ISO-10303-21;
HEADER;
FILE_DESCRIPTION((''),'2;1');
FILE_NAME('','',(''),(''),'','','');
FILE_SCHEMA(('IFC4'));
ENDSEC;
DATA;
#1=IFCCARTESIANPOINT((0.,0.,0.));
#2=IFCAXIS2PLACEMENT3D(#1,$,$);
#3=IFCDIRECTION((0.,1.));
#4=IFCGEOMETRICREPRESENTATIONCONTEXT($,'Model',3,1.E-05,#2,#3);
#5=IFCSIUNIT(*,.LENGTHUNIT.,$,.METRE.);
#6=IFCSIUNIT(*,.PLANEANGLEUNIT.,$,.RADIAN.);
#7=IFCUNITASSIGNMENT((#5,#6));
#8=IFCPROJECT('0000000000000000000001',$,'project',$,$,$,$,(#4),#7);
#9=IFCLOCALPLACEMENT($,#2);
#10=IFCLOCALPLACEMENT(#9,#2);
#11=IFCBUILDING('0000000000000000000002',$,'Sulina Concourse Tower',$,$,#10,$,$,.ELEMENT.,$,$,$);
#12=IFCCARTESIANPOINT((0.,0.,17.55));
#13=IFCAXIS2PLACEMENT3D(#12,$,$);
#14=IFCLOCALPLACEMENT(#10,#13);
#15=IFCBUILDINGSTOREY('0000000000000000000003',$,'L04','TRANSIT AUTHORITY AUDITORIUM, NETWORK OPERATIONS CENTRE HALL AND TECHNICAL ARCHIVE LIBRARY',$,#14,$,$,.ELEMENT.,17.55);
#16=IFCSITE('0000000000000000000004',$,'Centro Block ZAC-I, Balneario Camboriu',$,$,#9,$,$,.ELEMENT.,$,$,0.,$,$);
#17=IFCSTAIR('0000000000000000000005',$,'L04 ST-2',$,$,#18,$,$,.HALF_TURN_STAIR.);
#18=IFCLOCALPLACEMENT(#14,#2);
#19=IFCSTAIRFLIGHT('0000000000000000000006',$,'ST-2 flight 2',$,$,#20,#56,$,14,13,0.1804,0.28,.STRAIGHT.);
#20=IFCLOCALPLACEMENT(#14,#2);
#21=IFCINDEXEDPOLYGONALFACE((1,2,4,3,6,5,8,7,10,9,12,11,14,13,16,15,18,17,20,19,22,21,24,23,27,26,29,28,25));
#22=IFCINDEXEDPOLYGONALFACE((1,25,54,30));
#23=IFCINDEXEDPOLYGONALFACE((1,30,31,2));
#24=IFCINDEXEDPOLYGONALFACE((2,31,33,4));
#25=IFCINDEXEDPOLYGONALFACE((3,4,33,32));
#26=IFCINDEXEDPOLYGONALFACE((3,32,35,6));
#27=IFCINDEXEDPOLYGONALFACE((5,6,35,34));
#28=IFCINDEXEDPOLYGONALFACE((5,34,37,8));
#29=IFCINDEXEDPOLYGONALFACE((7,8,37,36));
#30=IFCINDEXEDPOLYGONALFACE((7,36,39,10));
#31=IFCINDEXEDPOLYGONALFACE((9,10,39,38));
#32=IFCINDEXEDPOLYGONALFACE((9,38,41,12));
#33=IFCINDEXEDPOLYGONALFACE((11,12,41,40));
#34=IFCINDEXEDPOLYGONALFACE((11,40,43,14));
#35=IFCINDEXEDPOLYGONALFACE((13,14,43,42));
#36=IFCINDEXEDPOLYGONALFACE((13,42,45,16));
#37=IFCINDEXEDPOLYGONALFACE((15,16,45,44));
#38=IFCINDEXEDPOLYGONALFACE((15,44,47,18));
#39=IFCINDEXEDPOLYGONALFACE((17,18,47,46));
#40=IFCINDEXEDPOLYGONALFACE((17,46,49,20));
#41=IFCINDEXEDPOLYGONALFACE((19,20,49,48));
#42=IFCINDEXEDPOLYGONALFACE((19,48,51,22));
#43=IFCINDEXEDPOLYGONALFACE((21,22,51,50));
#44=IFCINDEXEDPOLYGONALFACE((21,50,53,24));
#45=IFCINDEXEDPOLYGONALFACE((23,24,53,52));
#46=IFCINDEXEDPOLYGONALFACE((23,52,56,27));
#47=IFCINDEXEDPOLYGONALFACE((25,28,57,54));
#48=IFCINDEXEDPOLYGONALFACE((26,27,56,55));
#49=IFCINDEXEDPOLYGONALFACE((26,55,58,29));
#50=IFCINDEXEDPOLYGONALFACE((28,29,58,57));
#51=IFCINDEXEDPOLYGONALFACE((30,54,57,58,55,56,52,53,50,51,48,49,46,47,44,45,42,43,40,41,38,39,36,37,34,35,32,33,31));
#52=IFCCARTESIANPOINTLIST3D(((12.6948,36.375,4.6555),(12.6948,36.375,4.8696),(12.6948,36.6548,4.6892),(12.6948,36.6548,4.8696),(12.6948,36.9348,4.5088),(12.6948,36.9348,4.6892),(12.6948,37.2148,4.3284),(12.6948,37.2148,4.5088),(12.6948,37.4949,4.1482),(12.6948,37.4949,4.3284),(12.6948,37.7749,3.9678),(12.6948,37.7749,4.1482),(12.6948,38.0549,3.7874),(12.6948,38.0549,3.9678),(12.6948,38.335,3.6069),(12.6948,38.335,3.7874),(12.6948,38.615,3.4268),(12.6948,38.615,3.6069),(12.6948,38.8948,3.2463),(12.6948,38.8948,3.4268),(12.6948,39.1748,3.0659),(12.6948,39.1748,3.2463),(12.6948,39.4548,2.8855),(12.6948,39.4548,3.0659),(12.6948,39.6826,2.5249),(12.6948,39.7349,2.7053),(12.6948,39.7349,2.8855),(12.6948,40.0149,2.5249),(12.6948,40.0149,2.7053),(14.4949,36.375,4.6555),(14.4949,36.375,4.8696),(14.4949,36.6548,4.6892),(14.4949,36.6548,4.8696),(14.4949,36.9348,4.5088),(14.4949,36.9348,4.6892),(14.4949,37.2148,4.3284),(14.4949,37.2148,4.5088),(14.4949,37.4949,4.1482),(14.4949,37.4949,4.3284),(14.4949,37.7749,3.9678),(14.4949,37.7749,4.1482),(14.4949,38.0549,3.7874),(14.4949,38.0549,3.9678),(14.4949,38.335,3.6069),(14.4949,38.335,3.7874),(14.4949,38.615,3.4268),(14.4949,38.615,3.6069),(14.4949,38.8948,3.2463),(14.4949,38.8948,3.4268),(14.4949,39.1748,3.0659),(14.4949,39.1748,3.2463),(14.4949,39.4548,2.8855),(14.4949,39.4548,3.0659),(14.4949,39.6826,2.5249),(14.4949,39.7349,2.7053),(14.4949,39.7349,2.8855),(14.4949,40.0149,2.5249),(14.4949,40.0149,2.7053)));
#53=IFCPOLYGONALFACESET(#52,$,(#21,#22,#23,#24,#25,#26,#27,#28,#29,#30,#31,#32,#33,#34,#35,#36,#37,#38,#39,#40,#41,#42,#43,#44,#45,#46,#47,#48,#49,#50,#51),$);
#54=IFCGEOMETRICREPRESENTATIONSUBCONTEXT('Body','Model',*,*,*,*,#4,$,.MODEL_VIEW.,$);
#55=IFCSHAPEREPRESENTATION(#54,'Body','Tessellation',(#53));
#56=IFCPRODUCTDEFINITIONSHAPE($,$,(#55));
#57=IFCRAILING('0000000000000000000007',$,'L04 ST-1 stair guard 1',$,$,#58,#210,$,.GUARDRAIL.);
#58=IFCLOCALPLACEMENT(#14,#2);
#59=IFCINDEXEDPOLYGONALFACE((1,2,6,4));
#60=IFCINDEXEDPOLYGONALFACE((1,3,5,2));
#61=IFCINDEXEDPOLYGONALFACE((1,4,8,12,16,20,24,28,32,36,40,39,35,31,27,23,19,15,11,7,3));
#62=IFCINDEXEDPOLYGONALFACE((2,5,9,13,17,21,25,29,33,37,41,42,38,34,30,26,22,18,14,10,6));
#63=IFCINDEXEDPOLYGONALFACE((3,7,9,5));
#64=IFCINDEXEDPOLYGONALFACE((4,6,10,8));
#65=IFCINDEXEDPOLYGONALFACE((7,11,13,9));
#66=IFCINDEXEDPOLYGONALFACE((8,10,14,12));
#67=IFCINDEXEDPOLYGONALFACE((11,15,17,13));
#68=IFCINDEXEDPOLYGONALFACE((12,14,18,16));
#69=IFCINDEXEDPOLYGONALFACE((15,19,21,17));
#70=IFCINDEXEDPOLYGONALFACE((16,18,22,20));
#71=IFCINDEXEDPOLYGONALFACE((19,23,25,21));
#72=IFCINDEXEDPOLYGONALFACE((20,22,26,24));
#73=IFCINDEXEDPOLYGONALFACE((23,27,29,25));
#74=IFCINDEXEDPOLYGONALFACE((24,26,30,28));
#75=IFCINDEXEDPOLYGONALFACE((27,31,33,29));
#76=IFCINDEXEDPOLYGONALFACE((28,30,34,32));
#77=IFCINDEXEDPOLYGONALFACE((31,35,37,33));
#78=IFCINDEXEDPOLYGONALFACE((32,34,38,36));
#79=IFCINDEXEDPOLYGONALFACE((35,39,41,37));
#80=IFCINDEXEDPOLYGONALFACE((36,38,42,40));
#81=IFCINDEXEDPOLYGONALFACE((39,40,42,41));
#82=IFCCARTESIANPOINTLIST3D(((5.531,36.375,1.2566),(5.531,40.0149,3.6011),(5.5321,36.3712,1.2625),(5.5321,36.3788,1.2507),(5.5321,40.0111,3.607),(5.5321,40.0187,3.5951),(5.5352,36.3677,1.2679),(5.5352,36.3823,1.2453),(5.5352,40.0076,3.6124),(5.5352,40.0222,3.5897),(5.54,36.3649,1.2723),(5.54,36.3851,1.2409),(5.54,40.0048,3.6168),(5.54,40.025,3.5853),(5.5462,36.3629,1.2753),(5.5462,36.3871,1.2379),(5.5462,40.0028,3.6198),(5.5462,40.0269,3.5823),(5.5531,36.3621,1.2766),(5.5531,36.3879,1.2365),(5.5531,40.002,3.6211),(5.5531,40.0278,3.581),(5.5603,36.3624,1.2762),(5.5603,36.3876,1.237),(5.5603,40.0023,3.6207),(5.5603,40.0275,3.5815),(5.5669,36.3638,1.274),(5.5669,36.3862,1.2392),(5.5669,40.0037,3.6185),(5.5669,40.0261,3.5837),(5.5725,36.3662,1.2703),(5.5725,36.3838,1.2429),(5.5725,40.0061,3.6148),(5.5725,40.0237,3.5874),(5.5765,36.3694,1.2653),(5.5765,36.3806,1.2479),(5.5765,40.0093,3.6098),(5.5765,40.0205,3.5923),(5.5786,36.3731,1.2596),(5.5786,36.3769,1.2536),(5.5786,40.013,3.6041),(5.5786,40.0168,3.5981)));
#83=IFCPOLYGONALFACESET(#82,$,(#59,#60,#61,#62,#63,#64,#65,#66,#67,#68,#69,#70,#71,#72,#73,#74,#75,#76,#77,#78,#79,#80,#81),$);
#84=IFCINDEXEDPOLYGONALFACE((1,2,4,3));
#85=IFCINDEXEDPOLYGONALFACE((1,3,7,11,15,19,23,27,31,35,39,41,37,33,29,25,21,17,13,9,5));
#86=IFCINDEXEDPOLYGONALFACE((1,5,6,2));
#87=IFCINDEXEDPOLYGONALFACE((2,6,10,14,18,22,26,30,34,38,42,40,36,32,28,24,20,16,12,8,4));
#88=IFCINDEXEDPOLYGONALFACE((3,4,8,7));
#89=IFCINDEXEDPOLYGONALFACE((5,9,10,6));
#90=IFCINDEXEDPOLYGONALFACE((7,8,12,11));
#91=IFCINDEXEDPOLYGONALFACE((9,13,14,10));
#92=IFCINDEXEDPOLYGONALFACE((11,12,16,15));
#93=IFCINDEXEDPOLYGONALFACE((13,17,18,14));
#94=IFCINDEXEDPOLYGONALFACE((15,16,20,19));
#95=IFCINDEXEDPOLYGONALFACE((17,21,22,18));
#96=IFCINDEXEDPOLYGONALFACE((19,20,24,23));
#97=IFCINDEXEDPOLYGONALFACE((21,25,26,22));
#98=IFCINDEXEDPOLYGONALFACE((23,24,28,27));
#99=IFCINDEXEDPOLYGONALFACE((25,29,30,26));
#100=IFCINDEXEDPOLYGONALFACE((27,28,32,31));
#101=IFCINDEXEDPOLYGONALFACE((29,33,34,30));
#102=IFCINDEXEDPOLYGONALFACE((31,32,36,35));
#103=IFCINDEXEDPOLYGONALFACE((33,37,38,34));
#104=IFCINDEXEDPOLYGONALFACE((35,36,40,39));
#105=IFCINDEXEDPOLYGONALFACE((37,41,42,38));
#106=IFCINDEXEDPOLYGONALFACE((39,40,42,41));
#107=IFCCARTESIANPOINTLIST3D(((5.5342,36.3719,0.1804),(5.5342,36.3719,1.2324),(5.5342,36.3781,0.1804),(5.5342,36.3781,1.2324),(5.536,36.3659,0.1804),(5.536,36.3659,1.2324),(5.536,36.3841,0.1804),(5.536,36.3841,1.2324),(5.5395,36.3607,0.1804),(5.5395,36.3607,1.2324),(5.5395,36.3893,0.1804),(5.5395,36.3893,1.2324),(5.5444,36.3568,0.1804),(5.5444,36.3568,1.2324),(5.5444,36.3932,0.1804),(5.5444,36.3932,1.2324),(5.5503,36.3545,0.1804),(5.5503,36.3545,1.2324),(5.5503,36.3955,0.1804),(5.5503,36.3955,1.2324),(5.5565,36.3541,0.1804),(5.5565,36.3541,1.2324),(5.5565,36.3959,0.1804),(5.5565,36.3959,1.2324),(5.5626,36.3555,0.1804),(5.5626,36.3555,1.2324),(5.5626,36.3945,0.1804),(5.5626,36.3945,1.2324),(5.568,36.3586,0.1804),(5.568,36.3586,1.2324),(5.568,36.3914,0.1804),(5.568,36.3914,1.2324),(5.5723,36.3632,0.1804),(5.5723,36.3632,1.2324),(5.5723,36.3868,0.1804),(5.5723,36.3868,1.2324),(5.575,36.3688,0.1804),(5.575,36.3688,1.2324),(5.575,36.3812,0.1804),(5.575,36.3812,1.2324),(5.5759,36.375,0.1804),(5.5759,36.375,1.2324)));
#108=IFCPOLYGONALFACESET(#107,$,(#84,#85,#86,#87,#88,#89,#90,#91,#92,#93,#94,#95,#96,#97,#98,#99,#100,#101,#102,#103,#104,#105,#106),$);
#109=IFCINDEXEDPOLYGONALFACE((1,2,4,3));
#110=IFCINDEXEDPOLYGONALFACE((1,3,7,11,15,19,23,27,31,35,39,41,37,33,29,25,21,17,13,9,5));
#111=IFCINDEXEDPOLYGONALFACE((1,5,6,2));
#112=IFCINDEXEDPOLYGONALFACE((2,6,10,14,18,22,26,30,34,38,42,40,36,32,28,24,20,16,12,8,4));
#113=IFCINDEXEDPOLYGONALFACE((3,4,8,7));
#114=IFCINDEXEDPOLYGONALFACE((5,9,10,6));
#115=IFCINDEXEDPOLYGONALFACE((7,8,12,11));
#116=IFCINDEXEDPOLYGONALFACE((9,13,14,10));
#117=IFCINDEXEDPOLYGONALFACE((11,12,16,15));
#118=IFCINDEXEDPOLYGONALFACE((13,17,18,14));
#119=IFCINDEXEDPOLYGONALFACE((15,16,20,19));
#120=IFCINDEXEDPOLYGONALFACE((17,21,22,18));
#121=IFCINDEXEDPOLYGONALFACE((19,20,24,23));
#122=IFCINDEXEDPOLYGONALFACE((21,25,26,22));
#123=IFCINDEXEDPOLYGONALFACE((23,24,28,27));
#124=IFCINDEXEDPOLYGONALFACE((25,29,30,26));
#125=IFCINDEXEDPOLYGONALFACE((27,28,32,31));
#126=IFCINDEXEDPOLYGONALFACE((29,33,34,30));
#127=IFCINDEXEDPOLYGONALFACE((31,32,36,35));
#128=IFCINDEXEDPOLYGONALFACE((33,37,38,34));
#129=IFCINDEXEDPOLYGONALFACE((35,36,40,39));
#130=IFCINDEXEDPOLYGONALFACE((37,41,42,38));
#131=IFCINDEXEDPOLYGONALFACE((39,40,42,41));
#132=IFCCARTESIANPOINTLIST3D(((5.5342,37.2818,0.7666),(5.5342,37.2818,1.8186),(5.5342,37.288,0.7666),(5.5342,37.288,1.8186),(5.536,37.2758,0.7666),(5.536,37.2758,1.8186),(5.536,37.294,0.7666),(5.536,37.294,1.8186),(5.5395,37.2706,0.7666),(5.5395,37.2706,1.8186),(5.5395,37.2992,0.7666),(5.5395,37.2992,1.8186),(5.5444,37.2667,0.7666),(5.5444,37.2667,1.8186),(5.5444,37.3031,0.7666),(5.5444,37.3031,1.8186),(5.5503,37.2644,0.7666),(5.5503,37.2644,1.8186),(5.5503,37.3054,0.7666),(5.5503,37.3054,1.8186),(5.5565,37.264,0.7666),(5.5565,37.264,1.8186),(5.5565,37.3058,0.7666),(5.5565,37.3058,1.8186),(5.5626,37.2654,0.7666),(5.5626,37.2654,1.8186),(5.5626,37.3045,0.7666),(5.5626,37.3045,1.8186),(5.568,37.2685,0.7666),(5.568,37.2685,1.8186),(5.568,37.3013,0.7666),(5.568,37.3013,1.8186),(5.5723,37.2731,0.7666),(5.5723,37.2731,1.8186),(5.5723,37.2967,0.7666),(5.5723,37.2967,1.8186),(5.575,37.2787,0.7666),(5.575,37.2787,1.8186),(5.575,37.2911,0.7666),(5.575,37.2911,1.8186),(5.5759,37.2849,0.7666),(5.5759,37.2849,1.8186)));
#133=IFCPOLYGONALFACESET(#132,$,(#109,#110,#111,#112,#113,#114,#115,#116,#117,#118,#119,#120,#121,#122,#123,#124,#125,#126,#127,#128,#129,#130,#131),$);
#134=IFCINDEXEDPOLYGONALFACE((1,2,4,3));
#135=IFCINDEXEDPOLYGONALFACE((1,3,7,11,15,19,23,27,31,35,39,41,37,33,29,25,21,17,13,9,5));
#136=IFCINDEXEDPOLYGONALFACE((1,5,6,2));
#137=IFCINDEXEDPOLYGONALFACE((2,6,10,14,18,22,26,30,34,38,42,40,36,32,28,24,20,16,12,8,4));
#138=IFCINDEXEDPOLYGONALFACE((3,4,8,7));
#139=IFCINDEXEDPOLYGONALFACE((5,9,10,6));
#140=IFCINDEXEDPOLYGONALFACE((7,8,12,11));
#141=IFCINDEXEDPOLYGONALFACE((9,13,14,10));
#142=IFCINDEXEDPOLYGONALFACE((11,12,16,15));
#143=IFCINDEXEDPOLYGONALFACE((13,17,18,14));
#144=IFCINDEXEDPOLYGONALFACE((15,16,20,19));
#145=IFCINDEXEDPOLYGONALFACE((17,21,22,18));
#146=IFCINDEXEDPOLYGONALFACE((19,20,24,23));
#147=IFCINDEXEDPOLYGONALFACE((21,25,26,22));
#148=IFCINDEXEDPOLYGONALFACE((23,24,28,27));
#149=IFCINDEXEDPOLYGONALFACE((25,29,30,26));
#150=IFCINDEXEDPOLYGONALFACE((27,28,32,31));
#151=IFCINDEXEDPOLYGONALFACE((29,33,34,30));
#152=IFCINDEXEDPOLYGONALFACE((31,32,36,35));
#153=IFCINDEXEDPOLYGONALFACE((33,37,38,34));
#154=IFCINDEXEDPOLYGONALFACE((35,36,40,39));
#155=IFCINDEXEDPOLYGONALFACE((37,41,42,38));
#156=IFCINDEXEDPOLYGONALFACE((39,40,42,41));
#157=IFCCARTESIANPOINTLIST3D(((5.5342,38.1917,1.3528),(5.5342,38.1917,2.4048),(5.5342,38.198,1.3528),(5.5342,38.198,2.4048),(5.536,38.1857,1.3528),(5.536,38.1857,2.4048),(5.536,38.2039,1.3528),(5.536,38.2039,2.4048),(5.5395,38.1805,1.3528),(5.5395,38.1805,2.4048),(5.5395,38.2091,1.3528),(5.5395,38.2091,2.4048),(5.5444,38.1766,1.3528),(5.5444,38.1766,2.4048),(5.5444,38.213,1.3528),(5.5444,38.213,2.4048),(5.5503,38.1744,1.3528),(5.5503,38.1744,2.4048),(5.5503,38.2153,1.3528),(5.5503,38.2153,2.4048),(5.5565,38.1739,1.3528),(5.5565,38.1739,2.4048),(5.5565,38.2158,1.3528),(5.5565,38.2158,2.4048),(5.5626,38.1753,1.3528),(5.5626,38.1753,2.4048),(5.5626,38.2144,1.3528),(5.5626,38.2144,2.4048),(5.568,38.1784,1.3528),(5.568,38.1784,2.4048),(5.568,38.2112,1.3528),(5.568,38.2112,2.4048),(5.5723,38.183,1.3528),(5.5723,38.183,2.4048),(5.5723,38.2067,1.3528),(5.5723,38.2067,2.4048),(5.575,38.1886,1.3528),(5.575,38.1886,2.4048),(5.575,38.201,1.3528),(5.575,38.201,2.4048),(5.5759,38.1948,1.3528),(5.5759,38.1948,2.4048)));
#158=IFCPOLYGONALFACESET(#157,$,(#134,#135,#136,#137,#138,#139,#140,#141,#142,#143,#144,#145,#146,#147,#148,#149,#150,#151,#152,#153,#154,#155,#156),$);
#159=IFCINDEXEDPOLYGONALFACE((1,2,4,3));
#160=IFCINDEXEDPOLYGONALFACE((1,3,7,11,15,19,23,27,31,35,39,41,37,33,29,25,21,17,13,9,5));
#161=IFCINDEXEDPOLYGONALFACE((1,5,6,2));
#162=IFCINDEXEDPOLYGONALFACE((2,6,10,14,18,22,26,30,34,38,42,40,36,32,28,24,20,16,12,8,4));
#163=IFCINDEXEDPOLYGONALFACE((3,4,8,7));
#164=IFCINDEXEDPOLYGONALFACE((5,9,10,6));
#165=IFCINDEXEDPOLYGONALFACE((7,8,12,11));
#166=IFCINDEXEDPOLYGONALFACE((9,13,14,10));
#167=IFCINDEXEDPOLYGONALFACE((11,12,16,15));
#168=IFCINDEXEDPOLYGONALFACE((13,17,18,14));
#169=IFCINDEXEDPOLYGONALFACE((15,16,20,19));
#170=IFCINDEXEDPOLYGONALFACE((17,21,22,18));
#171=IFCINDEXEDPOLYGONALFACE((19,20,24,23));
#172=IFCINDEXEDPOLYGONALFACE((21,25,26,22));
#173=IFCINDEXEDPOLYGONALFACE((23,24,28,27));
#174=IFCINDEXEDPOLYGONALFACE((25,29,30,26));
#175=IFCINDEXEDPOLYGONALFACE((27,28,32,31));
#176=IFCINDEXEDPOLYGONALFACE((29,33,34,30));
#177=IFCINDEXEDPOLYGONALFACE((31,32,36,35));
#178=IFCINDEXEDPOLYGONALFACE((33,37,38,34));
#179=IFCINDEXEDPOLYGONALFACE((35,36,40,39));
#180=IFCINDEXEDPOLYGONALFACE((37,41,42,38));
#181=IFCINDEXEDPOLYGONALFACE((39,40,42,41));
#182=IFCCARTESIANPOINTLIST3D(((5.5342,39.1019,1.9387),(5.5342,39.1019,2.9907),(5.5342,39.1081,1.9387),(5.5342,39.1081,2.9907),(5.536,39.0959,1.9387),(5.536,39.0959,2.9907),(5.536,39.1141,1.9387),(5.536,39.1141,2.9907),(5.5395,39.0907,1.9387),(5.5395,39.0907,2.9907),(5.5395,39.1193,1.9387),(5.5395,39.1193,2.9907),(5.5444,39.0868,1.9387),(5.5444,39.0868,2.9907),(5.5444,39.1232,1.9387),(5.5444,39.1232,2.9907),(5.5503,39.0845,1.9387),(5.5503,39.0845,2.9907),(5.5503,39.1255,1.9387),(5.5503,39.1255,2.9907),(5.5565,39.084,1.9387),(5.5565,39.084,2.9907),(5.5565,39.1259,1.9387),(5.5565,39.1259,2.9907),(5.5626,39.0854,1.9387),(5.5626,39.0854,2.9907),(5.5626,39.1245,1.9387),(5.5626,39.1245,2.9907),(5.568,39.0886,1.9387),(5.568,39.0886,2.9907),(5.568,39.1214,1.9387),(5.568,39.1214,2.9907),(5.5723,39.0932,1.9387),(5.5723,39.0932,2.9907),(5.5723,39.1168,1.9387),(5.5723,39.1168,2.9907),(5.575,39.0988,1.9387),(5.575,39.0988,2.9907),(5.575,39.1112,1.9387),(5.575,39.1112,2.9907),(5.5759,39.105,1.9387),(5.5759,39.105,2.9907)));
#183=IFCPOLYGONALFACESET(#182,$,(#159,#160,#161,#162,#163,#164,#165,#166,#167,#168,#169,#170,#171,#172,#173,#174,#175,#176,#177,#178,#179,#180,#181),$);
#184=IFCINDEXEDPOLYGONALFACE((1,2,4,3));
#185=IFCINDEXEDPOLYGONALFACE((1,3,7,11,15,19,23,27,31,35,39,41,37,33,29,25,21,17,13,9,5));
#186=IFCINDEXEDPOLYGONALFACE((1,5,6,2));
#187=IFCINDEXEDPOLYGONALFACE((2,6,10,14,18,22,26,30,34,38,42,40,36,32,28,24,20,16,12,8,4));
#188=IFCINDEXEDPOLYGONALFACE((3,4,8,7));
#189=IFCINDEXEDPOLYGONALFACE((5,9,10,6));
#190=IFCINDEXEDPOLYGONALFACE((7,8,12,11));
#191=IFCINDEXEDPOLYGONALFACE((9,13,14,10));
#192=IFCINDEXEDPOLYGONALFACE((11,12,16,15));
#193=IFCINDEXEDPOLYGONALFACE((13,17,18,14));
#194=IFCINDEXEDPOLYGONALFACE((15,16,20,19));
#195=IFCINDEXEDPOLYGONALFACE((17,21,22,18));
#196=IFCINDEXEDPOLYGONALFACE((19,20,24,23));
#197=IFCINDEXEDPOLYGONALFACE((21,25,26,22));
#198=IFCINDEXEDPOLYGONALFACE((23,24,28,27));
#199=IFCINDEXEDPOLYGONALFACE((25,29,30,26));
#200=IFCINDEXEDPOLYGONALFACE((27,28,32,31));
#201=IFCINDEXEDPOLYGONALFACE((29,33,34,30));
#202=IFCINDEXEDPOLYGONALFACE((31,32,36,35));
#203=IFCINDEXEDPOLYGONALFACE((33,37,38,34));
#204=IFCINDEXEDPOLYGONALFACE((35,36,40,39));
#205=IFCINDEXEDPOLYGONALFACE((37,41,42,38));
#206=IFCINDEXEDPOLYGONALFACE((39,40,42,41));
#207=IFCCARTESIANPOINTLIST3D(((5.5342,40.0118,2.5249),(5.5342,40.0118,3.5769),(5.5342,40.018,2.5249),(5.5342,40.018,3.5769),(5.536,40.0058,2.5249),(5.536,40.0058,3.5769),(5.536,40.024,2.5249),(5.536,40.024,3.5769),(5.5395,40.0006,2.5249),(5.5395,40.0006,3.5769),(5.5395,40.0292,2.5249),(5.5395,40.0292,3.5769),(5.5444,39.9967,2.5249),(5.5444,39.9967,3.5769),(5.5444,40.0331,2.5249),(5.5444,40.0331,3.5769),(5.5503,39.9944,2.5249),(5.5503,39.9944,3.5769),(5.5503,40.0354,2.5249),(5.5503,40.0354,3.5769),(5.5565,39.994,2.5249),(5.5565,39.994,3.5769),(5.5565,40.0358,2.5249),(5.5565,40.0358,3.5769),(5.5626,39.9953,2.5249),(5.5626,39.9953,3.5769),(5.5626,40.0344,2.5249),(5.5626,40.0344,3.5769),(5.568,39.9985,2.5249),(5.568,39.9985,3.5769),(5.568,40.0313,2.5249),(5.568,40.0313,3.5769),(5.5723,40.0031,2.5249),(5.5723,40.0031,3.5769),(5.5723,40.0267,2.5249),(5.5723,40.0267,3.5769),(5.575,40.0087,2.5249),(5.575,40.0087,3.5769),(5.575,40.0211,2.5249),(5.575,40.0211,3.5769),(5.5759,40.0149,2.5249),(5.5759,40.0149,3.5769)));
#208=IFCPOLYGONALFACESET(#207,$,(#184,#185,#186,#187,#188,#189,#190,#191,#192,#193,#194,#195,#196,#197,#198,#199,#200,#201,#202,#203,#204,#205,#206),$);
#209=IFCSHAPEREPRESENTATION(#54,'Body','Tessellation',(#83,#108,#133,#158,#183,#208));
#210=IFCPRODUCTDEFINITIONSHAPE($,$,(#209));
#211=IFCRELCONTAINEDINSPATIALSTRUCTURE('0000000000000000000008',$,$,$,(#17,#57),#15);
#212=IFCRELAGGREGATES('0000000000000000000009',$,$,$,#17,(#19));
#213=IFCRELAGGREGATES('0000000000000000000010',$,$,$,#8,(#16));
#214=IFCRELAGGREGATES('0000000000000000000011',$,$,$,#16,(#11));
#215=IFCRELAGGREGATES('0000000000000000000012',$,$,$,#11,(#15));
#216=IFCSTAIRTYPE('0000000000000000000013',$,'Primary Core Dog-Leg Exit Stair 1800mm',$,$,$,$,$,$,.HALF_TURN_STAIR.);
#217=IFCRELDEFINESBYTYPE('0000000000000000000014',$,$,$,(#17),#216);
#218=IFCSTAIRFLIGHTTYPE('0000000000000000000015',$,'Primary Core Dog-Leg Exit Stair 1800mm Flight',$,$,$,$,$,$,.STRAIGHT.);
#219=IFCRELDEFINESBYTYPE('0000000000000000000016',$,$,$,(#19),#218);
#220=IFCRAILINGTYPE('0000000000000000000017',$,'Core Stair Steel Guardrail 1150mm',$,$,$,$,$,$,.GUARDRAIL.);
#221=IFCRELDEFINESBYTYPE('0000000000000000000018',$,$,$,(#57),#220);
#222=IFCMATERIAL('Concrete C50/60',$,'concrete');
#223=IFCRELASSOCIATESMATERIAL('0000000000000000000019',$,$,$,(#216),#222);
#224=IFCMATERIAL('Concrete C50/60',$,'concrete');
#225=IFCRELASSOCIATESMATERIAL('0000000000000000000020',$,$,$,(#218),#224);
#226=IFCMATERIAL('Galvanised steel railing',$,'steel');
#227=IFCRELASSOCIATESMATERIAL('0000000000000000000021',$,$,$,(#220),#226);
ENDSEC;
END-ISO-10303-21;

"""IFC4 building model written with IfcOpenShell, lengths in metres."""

from ifc_helpers import new_model, si_unit, direction, frame, origin, origin_2d, place, context, subcontext, project, spatial, polyline, circle, outline, extrude, material, type_object, element, aggregate, save


model = new_model("IFC4")

# Units and contexts
model_context = context("Model", 3, precision=1e-05, world=origin(), true_north=direction((0.0, 1.0)))
body_context = subcontext(model_context, "Body", "Model", "MODEL_VIEW")
ifc_project = project(units=[si_unit("LENGTHUNIT", "METRE"), si_unit("PLANEANGLEUNIT", "RADIAN")], contexts=[model_context])

# Site, building, storey
site_placement = place(None, origin())
site = spatial("IfcSite", under=ifc_project, at=site_placement, Name="Centro Block ZAC-I, Balneario Camboriu", CompositionType="ELEMENT", RefElevation=0.0)
building_placement = place(site_placement, origin())
building = spatial("IfcBuilding", under=site, at=building_placement, Name="Sulina Concourse Tower", CompositionType="ELEMENT")
storey_placement = place(building_placement, frame((0.0, 0.0, 17.55)))
storey = spatial("IfcBuildingStorey", under=building, at=storey_placement, Name="L04", Description="TRANSIT AUTHORITY AUDITORIUM, NETWORK OPERATIONS CENTRE HALL AND TECHNICAL ARCHIVE LIBRARY", CompositionType="ELEMENT", Elevation=17.55)

# Stair, stair flight
ifc_material_1 = material(Name="Concrete C50/60", Category="concrete")
stair_type = type_object("IfcStairType", Name="Primary Core Dog-Leg Exit Stair 1800mm", PredefinedType="HALF_TURN_STAIR", material=ifc_material_1)
ifc_material_2 = material(Name="Concrete C50/60", Category="concrete")
stair_flight_type = type_object("IfcStairFlightType", Name="Primary Core Dog-Leg Exit Stair 1800mm Flight", PredefinedType="STRAIGHT", material=ifc_material_2)
stair_1_placement = place(storey_placement, origin())
stair_1 = element("IfcStair", 1, at=stair_1_placement, inside=storey, type_object=stair_type, Name="L04 ST-2", PredefinedType="HALF_TURN_STAIR")
stair_flight_1_placement = place(storey_placement, frame((13.595, 40.0149, 2.5249), z_axis=(0.0, 0.0, 1.0), x_axis=(0.0, -1.0, 0.0)))
stair_flight_1 = element("IfcStairFlight", 2, at=stair_flight_1_placement, type_object=stair_flight_type, Name="ST-2 flight 2", NumberOfRisers=14, NumberOfTreads=13, PredefinedType="STRAIGHT", RiserHeight=0.1804, TreadLength=0.28, context=body_context, shape_type="SweptSolid", body=[
    extrude(outline(polyline([(0.0, 0.0), (0.0, 0.1804), (0.28, 0.1804), (0.28, 0.3606), (0.5601, 0.3606), (0.5601, 0.541), (0.8401, 0.541), (0.8401, 0.7214), (1.1201, 0.7214), (1.1201, 0.9019), (1.3999, 0.9019), (1.3999, 1.082), (1.6799, 1.082), (1.6799, 1.2625), (1.96, 1.2625), (1.96, 1.4429), (2.24, 1.4429), (2.24, 1.6233), (2.52, 1.6233), (2.52, 1.8035), (2.8, 1.8035), (2.8, 1.9839), (3.0801, 1.9839), (3.0801, 2.1643), (3.3601, 2.1643), (3.3601, 2.3447), (3.6399, 2.3447), (3.6399, 2.5249), (3.6399, 2.1306), (0.3323, 0.0), (0.0, 0.0)])), frame((0.0, 0.8999, 0.0), z_axis=(0.0, -1.0, 0.0), x_axis=(1.0, 0.0, 0.0)), (0.0, 0.0, 1.0), 1.8),
])
aggregate(stair_1, [stair_flight_1])

# Railing
ifc_material_3 = material(Name="Galvanised steel railing", Category="steel")
railing_type_1 = type_object("IfcRailingType", Name="Core Stair Steel Guardrail 1150mm", PredefinedType="GUARDRAIL", material=ifc_material_3)
railing_1_placement = place(storey_placement, frame((5.5549, 36.375, 0.1804)))
element("IfcRailing", 3, at=railing_1_placement, inside=storey, type_object=railing_type_1, Name="L04 ST-1 stair guard 1", PredefinedType="GUARDRAIL", context=body_context, shape_type="SweptSolid", body=[
    extrude(circle(Radius=0.0239, at=origin_2d()), frame((0.0, 0.0, 1.0762), z_axis=(0.0, 0.8407, 0.541501), x_axis=(-1.0, 0.0, 0.0)), (0.0, 0.0, 1.0), 4.3296),
    extrude(circle(Radius=0.021, at=origin_2d()), origin(), (0.0, 0.0, 1.0), 1.052),
    extrude(circle(Radius=0.021, at=origin_2d()), frame((0.0, 0.9099, 0.5862)), (0.0, 0.0, 1.0), 1.052),
    extrude(circle(Radius=0.021, at=origin_2d()), frame((0.0, 1.8198, 1.1724)), (0.0, 0.0, 1.0), 1.052),
    extrude(circle(Radius=0.021, at=origin_2d()), frame((0.0, 2.73, 1.7583)), (0.0, 0.0, 1.0), 1.052),
    extrude(circle(Radius=0.021, at=origin_2d()), frame((0.0, 3.6399, 2.3445)), (0.0, 0.0, 1.0), 1.052),
])

save(model, "model.ifc")
